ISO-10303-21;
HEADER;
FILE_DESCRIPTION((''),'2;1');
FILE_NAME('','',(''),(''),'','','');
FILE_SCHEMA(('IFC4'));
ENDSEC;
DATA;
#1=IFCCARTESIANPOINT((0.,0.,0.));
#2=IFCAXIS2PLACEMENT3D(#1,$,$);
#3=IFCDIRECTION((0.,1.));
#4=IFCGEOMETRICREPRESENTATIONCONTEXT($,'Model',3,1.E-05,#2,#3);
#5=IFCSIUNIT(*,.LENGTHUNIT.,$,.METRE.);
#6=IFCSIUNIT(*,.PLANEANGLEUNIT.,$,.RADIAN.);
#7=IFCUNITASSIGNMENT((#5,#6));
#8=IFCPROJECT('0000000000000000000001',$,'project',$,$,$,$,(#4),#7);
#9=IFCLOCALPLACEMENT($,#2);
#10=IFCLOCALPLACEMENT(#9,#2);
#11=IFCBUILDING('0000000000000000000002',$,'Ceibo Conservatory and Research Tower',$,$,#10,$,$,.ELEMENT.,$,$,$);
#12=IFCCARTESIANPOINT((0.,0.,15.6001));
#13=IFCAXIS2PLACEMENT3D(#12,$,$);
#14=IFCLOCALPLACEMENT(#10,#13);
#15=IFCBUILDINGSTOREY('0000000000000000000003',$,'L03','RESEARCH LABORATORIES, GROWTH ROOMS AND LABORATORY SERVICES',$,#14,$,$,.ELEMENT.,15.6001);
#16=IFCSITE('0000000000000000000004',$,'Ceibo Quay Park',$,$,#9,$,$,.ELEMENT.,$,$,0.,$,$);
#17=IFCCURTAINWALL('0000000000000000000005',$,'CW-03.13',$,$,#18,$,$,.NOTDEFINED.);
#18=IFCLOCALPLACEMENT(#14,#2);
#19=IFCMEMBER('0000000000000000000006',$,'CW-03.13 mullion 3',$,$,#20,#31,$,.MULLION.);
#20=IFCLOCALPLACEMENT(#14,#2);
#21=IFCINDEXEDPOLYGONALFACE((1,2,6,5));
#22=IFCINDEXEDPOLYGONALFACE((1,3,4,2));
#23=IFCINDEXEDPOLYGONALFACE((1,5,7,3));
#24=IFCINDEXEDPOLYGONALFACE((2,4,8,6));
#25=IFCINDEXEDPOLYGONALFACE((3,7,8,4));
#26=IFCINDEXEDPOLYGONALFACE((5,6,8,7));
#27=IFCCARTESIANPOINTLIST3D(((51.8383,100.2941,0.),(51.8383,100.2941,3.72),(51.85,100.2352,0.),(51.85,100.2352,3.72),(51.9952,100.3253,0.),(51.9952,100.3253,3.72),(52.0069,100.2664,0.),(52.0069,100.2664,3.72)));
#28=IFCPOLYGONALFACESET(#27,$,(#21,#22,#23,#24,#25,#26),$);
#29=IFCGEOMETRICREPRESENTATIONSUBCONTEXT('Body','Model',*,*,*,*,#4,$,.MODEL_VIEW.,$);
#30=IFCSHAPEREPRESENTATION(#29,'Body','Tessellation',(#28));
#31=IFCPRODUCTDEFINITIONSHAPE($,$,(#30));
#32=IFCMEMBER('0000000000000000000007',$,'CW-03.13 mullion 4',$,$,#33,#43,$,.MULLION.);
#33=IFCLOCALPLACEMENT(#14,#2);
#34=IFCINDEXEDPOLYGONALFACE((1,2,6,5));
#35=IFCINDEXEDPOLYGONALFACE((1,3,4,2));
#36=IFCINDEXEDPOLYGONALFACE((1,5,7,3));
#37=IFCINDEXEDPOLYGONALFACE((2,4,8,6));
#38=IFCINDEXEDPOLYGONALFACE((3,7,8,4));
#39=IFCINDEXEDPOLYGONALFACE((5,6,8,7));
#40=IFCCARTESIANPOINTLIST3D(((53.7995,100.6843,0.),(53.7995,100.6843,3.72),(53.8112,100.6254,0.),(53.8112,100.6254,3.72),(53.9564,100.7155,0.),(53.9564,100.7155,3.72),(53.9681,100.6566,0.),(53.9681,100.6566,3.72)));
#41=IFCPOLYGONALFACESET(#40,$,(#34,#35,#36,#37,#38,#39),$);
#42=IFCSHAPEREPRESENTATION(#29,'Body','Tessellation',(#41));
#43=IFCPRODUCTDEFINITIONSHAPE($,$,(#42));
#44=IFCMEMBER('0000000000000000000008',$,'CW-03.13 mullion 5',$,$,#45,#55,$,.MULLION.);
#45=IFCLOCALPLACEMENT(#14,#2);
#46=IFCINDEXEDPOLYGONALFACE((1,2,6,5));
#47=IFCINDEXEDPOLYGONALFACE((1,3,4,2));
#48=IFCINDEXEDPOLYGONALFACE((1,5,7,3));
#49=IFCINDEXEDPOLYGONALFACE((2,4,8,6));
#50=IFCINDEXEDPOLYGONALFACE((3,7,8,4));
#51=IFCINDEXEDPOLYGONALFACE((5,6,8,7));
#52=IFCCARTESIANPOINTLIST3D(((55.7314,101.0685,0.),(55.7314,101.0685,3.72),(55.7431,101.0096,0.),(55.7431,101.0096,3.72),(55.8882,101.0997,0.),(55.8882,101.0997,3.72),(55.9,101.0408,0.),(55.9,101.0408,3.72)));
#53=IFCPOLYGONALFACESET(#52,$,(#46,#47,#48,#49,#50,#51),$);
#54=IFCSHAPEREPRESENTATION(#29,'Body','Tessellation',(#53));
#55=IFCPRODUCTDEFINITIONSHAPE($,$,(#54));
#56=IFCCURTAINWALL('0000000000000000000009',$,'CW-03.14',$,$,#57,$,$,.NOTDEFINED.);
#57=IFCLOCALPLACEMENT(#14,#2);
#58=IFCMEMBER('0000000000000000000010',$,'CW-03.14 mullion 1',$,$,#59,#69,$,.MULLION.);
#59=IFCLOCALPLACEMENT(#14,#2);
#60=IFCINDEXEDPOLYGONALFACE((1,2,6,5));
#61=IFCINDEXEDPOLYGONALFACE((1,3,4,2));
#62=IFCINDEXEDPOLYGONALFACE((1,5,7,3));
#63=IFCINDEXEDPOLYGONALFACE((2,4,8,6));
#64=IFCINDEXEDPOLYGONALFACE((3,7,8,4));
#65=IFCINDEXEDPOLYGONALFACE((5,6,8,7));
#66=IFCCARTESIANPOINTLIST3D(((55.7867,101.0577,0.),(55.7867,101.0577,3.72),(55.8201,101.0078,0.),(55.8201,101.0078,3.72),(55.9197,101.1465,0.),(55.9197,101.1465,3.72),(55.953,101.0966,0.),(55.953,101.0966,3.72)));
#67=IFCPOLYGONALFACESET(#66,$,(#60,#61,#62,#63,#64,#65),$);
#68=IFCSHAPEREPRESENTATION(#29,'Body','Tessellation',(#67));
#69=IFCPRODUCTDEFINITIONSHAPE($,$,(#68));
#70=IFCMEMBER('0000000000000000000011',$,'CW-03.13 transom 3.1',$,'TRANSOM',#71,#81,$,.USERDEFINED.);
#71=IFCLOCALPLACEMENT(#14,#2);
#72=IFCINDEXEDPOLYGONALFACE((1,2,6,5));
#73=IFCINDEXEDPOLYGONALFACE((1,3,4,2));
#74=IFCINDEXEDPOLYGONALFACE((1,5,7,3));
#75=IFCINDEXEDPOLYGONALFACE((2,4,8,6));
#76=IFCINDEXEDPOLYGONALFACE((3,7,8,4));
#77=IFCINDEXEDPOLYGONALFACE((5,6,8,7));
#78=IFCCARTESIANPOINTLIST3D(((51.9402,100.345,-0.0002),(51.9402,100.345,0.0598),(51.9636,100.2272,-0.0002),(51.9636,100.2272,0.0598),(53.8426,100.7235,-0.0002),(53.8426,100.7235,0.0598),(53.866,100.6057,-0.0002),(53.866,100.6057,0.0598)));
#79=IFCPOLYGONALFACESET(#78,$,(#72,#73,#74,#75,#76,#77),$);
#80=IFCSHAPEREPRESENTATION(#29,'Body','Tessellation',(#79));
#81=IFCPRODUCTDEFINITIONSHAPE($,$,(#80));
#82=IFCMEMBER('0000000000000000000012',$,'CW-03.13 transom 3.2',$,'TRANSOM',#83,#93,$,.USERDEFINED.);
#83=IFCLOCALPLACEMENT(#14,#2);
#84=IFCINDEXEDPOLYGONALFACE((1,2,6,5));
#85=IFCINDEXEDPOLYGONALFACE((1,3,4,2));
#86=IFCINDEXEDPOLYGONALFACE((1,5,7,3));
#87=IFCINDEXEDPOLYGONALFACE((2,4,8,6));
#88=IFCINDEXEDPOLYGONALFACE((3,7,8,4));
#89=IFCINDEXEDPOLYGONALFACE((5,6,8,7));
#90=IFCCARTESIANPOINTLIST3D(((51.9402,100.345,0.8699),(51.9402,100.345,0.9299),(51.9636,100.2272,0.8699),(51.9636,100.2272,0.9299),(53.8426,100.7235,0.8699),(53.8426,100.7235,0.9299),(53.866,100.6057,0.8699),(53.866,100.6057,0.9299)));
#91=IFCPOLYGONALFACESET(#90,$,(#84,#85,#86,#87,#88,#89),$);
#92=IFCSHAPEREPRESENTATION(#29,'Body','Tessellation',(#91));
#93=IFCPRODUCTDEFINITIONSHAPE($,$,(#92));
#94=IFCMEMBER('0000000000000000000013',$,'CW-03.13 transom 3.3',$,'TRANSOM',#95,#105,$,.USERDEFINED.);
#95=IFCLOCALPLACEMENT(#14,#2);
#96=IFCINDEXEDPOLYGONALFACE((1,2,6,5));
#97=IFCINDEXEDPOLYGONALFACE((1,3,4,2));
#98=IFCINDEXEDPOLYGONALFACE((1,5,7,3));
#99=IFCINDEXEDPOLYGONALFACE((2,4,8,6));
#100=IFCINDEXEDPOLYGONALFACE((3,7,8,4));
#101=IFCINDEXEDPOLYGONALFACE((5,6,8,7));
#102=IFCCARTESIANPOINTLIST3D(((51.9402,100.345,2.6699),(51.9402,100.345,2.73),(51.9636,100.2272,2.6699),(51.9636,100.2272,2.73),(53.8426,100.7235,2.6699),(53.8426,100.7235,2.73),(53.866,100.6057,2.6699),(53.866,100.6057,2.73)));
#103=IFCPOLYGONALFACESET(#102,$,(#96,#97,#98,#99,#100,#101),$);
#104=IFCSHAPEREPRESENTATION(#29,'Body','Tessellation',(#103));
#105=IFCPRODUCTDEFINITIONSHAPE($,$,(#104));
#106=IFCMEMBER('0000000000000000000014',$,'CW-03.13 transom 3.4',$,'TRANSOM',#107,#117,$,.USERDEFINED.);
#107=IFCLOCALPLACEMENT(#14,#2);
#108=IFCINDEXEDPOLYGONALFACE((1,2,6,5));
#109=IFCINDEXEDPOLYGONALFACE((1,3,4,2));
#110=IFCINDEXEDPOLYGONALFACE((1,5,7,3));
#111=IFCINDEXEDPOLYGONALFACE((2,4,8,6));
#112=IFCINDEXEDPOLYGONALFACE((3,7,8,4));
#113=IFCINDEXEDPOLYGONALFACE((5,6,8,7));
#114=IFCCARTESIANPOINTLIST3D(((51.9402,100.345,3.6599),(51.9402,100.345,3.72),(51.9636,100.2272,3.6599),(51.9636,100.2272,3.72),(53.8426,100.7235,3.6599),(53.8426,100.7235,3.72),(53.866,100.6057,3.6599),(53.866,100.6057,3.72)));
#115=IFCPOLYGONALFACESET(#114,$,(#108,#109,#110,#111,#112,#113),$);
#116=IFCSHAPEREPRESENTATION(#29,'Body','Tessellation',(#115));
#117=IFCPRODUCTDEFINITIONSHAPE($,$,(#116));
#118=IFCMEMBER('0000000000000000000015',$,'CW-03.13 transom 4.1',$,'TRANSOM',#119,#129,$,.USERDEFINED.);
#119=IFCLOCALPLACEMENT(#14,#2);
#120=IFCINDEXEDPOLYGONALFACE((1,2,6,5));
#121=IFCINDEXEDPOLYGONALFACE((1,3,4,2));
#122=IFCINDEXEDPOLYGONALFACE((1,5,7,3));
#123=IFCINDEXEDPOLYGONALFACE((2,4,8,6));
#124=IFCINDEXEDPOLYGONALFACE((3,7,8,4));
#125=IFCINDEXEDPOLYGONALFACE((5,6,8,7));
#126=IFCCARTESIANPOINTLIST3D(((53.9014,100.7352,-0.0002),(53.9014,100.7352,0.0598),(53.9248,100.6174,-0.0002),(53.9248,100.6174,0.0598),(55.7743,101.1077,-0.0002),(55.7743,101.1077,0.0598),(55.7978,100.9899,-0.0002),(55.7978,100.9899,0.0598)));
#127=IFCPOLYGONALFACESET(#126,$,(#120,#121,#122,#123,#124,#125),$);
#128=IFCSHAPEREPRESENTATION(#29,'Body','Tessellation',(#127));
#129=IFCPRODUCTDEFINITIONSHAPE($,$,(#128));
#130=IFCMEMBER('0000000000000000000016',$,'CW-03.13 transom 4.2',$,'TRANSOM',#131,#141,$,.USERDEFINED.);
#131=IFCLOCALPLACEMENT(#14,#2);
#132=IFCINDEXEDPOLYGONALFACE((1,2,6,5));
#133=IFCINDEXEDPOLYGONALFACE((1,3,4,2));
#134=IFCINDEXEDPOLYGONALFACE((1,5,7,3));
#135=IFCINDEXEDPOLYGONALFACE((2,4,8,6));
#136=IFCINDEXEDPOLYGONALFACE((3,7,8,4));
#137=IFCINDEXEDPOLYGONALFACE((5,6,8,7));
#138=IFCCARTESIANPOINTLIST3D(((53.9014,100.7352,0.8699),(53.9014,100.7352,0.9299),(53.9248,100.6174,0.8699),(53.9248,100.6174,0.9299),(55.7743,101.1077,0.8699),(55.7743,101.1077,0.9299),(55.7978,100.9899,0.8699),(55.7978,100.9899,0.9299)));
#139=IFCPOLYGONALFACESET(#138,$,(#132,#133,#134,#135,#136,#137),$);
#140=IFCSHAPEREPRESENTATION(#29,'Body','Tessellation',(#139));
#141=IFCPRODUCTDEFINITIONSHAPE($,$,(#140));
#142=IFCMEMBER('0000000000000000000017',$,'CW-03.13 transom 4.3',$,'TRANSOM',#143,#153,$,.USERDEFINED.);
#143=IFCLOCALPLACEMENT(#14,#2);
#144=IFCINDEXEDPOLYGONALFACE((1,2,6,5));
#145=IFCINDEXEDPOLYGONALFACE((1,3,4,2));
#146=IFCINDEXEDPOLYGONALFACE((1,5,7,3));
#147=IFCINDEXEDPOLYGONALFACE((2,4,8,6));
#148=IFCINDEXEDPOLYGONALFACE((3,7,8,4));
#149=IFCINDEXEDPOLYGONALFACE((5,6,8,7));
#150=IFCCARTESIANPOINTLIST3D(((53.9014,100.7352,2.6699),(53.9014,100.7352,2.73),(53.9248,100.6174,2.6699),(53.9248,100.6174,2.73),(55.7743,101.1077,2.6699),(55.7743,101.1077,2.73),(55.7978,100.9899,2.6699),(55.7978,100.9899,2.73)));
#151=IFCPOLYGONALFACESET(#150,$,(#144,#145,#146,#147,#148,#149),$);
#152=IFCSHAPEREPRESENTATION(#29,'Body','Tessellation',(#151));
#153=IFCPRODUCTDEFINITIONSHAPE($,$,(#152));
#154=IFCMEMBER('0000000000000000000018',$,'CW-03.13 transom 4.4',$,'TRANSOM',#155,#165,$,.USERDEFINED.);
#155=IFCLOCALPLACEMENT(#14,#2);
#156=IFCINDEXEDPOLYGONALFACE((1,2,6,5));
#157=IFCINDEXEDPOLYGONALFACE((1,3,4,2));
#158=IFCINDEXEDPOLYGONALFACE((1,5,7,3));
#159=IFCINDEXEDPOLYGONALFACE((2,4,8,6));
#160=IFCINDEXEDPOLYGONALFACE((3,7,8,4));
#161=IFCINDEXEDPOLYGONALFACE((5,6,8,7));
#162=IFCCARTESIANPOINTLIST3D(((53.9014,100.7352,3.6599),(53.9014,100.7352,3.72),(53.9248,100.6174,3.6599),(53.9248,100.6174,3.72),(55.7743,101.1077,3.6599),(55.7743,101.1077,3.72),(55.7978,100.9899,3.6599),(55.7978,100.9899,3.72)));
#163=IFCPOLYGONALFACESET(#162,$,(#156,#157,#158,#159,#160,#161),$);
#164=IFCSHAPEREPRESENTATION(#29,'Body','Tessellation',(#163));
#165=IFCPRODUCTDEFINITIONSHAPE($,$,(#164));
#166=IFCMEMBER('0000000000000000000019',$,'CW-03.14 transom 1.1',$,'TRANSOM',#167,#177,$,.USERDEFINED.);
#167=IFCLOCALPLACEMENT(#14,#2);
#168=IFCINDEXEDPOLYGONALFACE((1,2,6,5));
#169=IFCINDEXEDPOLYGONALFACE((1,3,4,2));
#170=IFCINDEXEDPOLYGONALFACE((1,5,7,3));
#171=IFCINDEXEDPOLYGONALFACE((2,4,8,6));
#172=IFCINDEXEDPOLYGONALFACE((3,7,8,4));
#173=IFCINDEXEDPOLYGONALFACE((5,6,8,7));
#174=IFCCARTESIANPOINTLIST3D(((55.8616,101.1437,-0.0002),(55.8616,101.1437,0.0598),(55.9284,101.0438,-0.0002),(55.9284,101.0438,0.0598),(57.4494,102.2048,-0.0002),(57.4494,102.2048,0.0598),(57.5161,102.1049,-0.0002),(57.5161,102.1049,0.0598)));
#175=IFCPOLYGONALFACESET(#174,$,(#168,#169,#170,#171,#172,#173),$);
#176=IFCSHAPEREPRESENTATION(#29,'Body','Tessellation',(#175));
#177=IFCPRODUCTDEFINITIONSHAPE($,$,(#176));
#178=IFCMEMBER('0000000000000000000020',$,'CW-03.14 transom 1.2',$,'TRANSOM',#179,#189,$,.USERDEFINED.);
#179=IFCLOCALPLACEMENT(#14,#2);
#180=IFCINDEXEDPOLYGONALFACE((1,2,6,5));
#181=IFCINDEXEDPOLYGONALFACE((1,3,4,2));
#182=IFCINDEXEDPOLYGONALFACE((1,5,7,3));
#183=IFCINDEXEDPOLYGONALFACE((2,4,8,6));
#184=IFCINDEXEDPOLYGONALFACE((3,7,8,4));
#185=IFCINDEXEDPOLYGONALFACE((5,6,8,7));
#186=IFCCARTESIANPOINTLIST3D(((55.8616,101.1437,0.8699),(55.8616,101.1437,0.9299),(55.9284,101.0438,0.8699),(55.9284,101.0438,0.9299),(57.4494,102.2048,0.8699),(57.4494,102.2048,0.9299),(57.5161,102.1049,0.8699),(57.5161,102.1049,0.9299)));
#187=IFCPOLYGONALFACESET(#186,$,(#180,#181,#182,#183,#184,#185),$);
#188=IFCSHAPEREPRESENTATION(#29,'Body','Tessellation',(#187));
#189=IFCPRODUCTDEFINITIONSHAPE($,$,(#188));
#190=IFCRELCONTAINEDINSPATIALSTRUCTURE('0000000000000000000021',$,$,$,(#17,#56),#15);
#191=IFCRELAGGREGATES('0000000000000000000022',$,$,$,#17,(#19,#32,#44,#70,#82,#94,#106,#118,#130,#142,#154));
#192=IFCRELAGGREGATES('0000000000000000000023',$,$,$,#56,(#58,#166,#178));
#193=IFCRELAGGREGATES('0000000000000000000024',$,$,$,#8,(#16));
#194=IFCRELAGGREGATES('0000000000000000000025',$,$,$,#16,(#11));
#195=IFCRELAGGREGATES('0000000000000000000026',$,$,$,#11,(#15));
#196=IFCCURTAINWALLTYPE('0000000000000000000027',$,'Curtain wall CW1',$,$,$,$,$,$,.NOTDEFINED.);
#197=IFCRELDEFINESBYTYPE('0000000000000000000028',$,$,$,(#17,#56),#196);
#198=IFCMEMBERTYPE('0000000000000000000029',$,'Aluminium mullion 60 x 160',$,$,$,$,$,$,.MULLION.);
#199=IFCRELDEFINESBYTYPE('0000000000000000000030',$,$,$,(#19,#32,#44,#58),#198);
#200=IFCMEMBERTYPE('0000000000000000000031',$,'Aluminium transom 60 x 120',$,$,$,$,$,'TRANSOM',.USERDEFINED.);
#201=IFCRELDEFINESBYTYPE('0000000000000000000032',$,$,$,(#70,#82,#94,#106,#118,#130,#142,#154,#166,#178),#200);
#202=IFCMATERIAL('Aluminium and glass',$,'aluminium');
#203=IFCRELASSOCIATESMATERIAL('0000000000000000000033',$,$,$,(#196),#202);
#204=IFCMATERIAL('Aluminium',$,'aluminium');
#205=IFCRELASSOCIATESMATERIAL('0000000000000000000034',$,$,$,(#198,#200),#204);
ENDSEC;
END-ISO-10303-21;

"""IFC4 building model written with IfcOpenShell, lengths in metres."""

from ifc_helpers import new_model, si_unit, direction, frame, origin, origin_2d, place, context, subcontext, project, spatial, rectangle, extrude, material, material_profile, profile_set, type_object, element, aggregate, save


model = new_model("IFC4")

# Units and contexts
model_context = context("Model", 3, precision=1e-05, world=origin(), true_north=direction((0.0, 1.0)))
body_context = subcontext(model_context, "Body", "Model", "MODEL_VIEW")
ifc_project = project(units=[si_unit("LENGTHUNIT", "METRE"), si_unit("PLANEANGLEUNIT", "RADIAN")], contexts=[model_context])

# Site, building, storey
site_placement = place(None, origin())
site = spatial("IfcSite", under=ifc_project, at=site_placement, Name="Ceibo Quay Park", CompositionType="ELEMENT", RefElevation=0.0)
building_placement = place(site_placement, origin())
building = spatial("IfcBuilding", under=site, at=building_placement, Name="Ceibo Conservatory and Research Tower", CompositionType="ELEMENT")
storey_placement = place(building_placement, frame((0.0, 0.0, 15.6001)))
storey = spatial("IfcBuildingStorey", under=building, at=storey_placement, Name="L03", Description="RESEARCH LABORATORIES, GROWTH ROOMS AND LABORATORY SERVICES", CompositionType="ELEMENT", Elevation=15.6001)

# Curtain wall, members
ifc_material_1 = material(Name="Aluminium and glass", Category="aluminium")
curtain_wall_type = type_object("IfcCurtainWallType", Name="Curtain wall CW1", PredefinedType="NOTDEFINED", material=ifc_material_1)
curtain_wall_1_placement = place(storey_placement, origin())
curtain_wall_1 = element("IfcCurtainWall", 1, at=curtain_wall_1_placement, inside=storey, type_object=curtain_wall_type, Name="CW-03.13", PredefinedType="NOTDEFINED")
ifc_material_2 = material(Name="Aluminium", Category="aluminium")
ifc_material_profile_1 = material_profile(ifc_material_2, rectangle(XDim=0.0601, YDim=0.1599, at=origin_2d()), Name="Aluminium 60 x 160")
ifc_profile_set_1 = profile_set([ifc_material_profile_1], Name="Aluminium")
member_type_1 = type_object("IfcMemberType", Name="Aluminium mullion 60 x 160", PredefinedType="MULLION", material=ifc_profile_set_1)
member_1_placement = place(storey_placement, frame((51.9226, 100.2803, 0.0), z_axis=(0.0, 0.0, 1.0), x_axis=(-0.19509, 0.980785, 0.0)))
member_1 = element("IfcMember", 2, at=member_1_placement, type_object=member_type_1, Name="CW-03.13 mullion 3", PredefinedType="MULLION", context=body_context, shape_type="SweptSolid", body=[
    extrude(rectangle(XDim=0.0601, YDim=0.1599, at=origin_2d()), origin(), (0.0, 0.0, 1.0), 3.72),
])
member_2_placement = place(storey_placement, frame((53.8838, 100.6704, 0.0), z_axis=(0.0, 0.0, 1.0), x_axis=(-0.19509, 0.980785, 0.0)))
member_2 = element("IfcMember", 3, at=member_2_placement, type_object=member_type_1, Name="CW-03.13 mullion 4", PredefinedType="MULLION", context=body_context, shape_type="SweptSolid", body=[
    extrude(rectangle(XDim=0.0601, YDim=0.1599, at=origin_2d()), origin(), (0.0, 0.0, 1.0), 3.72),
])
member_3_placement = place(storey_placement, frame((55.8157, 101.0547, 0.0), z_axis=(0.0, 0.0, 1.0), x_axis=(-0.19509, 0.980785, 0.0)))
member_3 = element("IfcMember", 4, at=member_3_placement, type_object=member_type_1, Name="CW-03.13 mullion 5", PredefinedType="MULLION", context=body_context, shape_type="SweptSolid", body=[
    extrude(rectangle(XDim=0.0601, YDim=0.1599, at=origin_2d()), origin(), (0.0, 0.0, 1.0), 3.72),
])

# Curtain wall, member
curtain_wall_2_placement = place(storey_placement, origin())
curtain_wall_2 = element("IfcCurtainWall", 5, at=curtain_wall_2_placement, inside=storey, type_object=curtain_wall_type, Name="CW-03.14", PredefinedType="NOTDEFINED")
member_4_placement = place(storey_placement, frame((55.8699, 101.0771, 0.0), z_axis=(0.0, 0.0, 1.0), x_axis=(-0.55557, 0.83147, 0.0)))
member_4 = element("IfcMember", 6, at=member_4_placement, type_object=member_type_1, Name="CW-03.14 mullion 1", PredefinedType="MULLION", context=body_context, shape_type="SweptSolid", body=[
    extrude(rectangle(XDim=0.0601, YDim=0.1599, at=origin_2d()), origin(), (0.0, 0.0, 1.0), 3.72),
])

# Members
ifc_material_profile_2 = material_profile(ifc_material_2, rectangle(XDim=0.1201, YDim=0.0601, at=origin_2d()), Name="Aluminium 60 x 120")
ifc_profile_set_2 = profile_set([ifc_material_profile_2], Name="Aluminium")
member_type_2 = type_object("IfcMemberType", Name="Aluminium transom 60 x 120", ElementType="TRANSOM", PredefinedType="USERDEFINED", material=ifc_profile_set_2)
member_5_placement = place(storey_placement, frame((51.9519, 100.2861, 0.0298), z_axis=(0.980783, 0.195099, 0.0), x_axis=(-0.195099, 0.980783, 0.0)))
member_5 = element("IfcMember", 7, at=member_5_placement, type_object=member_type_2, Name="CW-03.13 transom 3.1", ObjectType="TRANSOM", PredefinedType="USERDEFINED", context=body_context, shape_type="SweptSolid", body=[
    extrude(rectangle(XDim=0.1201, YDim=0.0601, at=origin_2d()), origin(), (0.0, 0.0, 1.0), 1.9397),
])
member_6_placement = place(storey_placement, frame((51.9519, 100.2861, 0.8999), z_axis=(0.980783, 0.195099, 0.0), x_axis=(-0.195099, 0.980783, 0.0)))
member_6 = element("IfcMember", 8, at=member_6_placement, type_object=member_type_2, Name="CW-03.13 transom 3.2", ObjectType="TRANSOM", PredefinedType="USERDEFINED", context=body_context, shape_type="SweptSolid", body=[
    extrude(rectangle(XDim=0.1201, YDim=0.0601, at=origin_2d()), origin(), (0.0, 0.0, 1.0), 1.9397),
])
member_7_placement = place(storey_placement, frame((51.9519, 100.2861, 2.7), z_axis=(0.980783, 0.195099, 0.0), x_axis=(-0.195099, 0.980783, 0.0)))
member_7 = element("IfcMember", 9, at=member_7_placement, type_object=member_type_2, Name="CW-03.13 transom 3.3", ObjectType="TRANSOM", PredefinedType="USERDEFINED", context=body_context, shape_type="SweptSolid", body=[
    extrude(rectangle(XDim=0.1201, YDim=0.0601, at=origin_2d()), origin(), (0.0, 0.0, 1.0), 1.9397),
])
member_8_placement = place(storey_placement, frame((51.9519, 100.2861, 3.6899), z_axis=(0.980783, 0.195099, 0.0), x_axis=(-0.195099, 0.980783, 0.0)))
member_8 = element("IfcMember", 10, at=member_8_placement, type_object=member_type_2, Name="CW-03.13 transom 3.4", ObjectType="TRANSOM", PredefinedType="USERDEFINED", context=body_context, shape_type="SweptSolid", body=[
    extrude(rectangle(XDim=0.1201, YDim=0.0601, at=origin_2d()), origin(), (0.0, 0.0, 1.0), 1.9397),
])
member_9_placement = place(storey_placement, frame((53.9131, 100.6763, 0.0298), z_axis=(0.980787, 0.195083, 0.0), x_axis=(-0.195083, 0.980787, 0.0)))
member_9 = element("IfcMember", 11, at=member_9_placement, type_object=member_type_2, Name="CW-03.13 transom 4.1", ObjectType="TRANSOM", PredefinedType="USERDEFINED", context=body_context, shape_type="SweptSolid", body=[
    extrude(rectangle(XDim=0.1201, YDim=0.0601, at=origin_2d()), origin(), (0.0, 0.0, 1.0), 1.9097),
])
member_10_placement = place(storey_placement, frame((53.9131, 100.6763, 0.8999), z_axis=(0.980787, 0.195083, 0.0), x_axis=(-0.195083, 0.980787, 0.0)))
member_10 = element("IfcMember", 12, at=member_10_placement, type_object=member_type_2, Name="CW-03.13 transom 4.2", ObjectType="TRANSOM", PredefinedType="USERDEFINED", context=body_context, shape_type="SweptSolid", body=[
    extrude(rectangle(XDim=0.1201, YDim=0.0601, at=origin_2d()), origin(), (0.0, 0.0, 1.0), 1.9097),
])
member_11_placement = place(storey_placement, frame((53.9131, 100.6763, 2.7), z_axis=(0.980787, 0.195083, 0.0), x_axis=(-0.195083, 0.980787, 0.0)))
member_11 = element("IfcMember", 13, at=member_11_placement, type_object=member_type_2, Name="CW-03.13 transom 4.3", ObjectType="TRANSOM", PredefinedType="USERDEFINED", context=body_context, shape_type="SweptSolid", body=[
    extrude(rectangle(XDim=0.1201, YDim=0.0601, at=origin_2d()), origin(), (0.0, 0.0, 1.0), 1.9097),
])
member_12_placement = place(storey_placement, frame((53.9131, 100.6763, 3.6899), z_axis=(0.980787, 0.195083, 0.0), x_axis=(-0.195083, 0.980787, 0.0)))
member_12 = element("IfcMember", 14, at=member_12_placement, type_object=member_type_2, Name="CW-03.13 transom 4.4", ObjectType="TRANSOM", PredefinedType="USERDEFINED", context=body_context, shape_type="SweptSolid", body=[
    extrude(rectangle(XDim=0.1201, YDim=0.0601, at=origin_2d()), origin(), (0.0, 0.0, 1.0), 1.9097),
])
member_13_placement = place(storey_placement, frame((55.895, 101.0938, 0.0298), z_axis=(0.83142, 0.555644, 0.0), x_axis=(-0.555644, 0.83142, 0.0)))
member_13 = element("IfcMember", 15, at=member_13_placement, type_object=member_type_2, Name="CW-03.14 transom 1.1", ObjectType="TRANSOM", PredefinedType="USERDEFINED", context=body_context, shape_type="SweptSolid", body=[
    extrude(rectangle(XDim=0.1201, YDim=0.0601, at=origin_2d()), origin(), (0.0, 0.0, 1.0), 1.9097),
])
member_14_placement = place(storey_placement, frame((55.895, 101.0938, 0.8999), z_axis=(0.83142, 0.555644, 0.0), x_axis=(-0.555644, 0.83142, 0.0)))
member_14 = element("IfcMember", 16, at=member_14_placement, type_object=member_type_2, Name="CW-03.14 transom 1.2", ObjectType="TRANSOM", PredefinedType="USERDEFINED", context=body_context, shape_type="SweptSolid", body=[
    extrude(rectangle(XDim=0.1201, YDim=0.0601, at=origin_2d()), origin(), (0.0, 0.0, 1.0), 1.9097),
])

aggregate(curtain_wall_1, [member_1, member_2, member_3, member_5, member_6, member_7, member_8, member_9, member_10, member_11, member_12])
aggregate(curtain_wall_2, [member_4, member_13, member_14])

save(model, "model.ifc")
